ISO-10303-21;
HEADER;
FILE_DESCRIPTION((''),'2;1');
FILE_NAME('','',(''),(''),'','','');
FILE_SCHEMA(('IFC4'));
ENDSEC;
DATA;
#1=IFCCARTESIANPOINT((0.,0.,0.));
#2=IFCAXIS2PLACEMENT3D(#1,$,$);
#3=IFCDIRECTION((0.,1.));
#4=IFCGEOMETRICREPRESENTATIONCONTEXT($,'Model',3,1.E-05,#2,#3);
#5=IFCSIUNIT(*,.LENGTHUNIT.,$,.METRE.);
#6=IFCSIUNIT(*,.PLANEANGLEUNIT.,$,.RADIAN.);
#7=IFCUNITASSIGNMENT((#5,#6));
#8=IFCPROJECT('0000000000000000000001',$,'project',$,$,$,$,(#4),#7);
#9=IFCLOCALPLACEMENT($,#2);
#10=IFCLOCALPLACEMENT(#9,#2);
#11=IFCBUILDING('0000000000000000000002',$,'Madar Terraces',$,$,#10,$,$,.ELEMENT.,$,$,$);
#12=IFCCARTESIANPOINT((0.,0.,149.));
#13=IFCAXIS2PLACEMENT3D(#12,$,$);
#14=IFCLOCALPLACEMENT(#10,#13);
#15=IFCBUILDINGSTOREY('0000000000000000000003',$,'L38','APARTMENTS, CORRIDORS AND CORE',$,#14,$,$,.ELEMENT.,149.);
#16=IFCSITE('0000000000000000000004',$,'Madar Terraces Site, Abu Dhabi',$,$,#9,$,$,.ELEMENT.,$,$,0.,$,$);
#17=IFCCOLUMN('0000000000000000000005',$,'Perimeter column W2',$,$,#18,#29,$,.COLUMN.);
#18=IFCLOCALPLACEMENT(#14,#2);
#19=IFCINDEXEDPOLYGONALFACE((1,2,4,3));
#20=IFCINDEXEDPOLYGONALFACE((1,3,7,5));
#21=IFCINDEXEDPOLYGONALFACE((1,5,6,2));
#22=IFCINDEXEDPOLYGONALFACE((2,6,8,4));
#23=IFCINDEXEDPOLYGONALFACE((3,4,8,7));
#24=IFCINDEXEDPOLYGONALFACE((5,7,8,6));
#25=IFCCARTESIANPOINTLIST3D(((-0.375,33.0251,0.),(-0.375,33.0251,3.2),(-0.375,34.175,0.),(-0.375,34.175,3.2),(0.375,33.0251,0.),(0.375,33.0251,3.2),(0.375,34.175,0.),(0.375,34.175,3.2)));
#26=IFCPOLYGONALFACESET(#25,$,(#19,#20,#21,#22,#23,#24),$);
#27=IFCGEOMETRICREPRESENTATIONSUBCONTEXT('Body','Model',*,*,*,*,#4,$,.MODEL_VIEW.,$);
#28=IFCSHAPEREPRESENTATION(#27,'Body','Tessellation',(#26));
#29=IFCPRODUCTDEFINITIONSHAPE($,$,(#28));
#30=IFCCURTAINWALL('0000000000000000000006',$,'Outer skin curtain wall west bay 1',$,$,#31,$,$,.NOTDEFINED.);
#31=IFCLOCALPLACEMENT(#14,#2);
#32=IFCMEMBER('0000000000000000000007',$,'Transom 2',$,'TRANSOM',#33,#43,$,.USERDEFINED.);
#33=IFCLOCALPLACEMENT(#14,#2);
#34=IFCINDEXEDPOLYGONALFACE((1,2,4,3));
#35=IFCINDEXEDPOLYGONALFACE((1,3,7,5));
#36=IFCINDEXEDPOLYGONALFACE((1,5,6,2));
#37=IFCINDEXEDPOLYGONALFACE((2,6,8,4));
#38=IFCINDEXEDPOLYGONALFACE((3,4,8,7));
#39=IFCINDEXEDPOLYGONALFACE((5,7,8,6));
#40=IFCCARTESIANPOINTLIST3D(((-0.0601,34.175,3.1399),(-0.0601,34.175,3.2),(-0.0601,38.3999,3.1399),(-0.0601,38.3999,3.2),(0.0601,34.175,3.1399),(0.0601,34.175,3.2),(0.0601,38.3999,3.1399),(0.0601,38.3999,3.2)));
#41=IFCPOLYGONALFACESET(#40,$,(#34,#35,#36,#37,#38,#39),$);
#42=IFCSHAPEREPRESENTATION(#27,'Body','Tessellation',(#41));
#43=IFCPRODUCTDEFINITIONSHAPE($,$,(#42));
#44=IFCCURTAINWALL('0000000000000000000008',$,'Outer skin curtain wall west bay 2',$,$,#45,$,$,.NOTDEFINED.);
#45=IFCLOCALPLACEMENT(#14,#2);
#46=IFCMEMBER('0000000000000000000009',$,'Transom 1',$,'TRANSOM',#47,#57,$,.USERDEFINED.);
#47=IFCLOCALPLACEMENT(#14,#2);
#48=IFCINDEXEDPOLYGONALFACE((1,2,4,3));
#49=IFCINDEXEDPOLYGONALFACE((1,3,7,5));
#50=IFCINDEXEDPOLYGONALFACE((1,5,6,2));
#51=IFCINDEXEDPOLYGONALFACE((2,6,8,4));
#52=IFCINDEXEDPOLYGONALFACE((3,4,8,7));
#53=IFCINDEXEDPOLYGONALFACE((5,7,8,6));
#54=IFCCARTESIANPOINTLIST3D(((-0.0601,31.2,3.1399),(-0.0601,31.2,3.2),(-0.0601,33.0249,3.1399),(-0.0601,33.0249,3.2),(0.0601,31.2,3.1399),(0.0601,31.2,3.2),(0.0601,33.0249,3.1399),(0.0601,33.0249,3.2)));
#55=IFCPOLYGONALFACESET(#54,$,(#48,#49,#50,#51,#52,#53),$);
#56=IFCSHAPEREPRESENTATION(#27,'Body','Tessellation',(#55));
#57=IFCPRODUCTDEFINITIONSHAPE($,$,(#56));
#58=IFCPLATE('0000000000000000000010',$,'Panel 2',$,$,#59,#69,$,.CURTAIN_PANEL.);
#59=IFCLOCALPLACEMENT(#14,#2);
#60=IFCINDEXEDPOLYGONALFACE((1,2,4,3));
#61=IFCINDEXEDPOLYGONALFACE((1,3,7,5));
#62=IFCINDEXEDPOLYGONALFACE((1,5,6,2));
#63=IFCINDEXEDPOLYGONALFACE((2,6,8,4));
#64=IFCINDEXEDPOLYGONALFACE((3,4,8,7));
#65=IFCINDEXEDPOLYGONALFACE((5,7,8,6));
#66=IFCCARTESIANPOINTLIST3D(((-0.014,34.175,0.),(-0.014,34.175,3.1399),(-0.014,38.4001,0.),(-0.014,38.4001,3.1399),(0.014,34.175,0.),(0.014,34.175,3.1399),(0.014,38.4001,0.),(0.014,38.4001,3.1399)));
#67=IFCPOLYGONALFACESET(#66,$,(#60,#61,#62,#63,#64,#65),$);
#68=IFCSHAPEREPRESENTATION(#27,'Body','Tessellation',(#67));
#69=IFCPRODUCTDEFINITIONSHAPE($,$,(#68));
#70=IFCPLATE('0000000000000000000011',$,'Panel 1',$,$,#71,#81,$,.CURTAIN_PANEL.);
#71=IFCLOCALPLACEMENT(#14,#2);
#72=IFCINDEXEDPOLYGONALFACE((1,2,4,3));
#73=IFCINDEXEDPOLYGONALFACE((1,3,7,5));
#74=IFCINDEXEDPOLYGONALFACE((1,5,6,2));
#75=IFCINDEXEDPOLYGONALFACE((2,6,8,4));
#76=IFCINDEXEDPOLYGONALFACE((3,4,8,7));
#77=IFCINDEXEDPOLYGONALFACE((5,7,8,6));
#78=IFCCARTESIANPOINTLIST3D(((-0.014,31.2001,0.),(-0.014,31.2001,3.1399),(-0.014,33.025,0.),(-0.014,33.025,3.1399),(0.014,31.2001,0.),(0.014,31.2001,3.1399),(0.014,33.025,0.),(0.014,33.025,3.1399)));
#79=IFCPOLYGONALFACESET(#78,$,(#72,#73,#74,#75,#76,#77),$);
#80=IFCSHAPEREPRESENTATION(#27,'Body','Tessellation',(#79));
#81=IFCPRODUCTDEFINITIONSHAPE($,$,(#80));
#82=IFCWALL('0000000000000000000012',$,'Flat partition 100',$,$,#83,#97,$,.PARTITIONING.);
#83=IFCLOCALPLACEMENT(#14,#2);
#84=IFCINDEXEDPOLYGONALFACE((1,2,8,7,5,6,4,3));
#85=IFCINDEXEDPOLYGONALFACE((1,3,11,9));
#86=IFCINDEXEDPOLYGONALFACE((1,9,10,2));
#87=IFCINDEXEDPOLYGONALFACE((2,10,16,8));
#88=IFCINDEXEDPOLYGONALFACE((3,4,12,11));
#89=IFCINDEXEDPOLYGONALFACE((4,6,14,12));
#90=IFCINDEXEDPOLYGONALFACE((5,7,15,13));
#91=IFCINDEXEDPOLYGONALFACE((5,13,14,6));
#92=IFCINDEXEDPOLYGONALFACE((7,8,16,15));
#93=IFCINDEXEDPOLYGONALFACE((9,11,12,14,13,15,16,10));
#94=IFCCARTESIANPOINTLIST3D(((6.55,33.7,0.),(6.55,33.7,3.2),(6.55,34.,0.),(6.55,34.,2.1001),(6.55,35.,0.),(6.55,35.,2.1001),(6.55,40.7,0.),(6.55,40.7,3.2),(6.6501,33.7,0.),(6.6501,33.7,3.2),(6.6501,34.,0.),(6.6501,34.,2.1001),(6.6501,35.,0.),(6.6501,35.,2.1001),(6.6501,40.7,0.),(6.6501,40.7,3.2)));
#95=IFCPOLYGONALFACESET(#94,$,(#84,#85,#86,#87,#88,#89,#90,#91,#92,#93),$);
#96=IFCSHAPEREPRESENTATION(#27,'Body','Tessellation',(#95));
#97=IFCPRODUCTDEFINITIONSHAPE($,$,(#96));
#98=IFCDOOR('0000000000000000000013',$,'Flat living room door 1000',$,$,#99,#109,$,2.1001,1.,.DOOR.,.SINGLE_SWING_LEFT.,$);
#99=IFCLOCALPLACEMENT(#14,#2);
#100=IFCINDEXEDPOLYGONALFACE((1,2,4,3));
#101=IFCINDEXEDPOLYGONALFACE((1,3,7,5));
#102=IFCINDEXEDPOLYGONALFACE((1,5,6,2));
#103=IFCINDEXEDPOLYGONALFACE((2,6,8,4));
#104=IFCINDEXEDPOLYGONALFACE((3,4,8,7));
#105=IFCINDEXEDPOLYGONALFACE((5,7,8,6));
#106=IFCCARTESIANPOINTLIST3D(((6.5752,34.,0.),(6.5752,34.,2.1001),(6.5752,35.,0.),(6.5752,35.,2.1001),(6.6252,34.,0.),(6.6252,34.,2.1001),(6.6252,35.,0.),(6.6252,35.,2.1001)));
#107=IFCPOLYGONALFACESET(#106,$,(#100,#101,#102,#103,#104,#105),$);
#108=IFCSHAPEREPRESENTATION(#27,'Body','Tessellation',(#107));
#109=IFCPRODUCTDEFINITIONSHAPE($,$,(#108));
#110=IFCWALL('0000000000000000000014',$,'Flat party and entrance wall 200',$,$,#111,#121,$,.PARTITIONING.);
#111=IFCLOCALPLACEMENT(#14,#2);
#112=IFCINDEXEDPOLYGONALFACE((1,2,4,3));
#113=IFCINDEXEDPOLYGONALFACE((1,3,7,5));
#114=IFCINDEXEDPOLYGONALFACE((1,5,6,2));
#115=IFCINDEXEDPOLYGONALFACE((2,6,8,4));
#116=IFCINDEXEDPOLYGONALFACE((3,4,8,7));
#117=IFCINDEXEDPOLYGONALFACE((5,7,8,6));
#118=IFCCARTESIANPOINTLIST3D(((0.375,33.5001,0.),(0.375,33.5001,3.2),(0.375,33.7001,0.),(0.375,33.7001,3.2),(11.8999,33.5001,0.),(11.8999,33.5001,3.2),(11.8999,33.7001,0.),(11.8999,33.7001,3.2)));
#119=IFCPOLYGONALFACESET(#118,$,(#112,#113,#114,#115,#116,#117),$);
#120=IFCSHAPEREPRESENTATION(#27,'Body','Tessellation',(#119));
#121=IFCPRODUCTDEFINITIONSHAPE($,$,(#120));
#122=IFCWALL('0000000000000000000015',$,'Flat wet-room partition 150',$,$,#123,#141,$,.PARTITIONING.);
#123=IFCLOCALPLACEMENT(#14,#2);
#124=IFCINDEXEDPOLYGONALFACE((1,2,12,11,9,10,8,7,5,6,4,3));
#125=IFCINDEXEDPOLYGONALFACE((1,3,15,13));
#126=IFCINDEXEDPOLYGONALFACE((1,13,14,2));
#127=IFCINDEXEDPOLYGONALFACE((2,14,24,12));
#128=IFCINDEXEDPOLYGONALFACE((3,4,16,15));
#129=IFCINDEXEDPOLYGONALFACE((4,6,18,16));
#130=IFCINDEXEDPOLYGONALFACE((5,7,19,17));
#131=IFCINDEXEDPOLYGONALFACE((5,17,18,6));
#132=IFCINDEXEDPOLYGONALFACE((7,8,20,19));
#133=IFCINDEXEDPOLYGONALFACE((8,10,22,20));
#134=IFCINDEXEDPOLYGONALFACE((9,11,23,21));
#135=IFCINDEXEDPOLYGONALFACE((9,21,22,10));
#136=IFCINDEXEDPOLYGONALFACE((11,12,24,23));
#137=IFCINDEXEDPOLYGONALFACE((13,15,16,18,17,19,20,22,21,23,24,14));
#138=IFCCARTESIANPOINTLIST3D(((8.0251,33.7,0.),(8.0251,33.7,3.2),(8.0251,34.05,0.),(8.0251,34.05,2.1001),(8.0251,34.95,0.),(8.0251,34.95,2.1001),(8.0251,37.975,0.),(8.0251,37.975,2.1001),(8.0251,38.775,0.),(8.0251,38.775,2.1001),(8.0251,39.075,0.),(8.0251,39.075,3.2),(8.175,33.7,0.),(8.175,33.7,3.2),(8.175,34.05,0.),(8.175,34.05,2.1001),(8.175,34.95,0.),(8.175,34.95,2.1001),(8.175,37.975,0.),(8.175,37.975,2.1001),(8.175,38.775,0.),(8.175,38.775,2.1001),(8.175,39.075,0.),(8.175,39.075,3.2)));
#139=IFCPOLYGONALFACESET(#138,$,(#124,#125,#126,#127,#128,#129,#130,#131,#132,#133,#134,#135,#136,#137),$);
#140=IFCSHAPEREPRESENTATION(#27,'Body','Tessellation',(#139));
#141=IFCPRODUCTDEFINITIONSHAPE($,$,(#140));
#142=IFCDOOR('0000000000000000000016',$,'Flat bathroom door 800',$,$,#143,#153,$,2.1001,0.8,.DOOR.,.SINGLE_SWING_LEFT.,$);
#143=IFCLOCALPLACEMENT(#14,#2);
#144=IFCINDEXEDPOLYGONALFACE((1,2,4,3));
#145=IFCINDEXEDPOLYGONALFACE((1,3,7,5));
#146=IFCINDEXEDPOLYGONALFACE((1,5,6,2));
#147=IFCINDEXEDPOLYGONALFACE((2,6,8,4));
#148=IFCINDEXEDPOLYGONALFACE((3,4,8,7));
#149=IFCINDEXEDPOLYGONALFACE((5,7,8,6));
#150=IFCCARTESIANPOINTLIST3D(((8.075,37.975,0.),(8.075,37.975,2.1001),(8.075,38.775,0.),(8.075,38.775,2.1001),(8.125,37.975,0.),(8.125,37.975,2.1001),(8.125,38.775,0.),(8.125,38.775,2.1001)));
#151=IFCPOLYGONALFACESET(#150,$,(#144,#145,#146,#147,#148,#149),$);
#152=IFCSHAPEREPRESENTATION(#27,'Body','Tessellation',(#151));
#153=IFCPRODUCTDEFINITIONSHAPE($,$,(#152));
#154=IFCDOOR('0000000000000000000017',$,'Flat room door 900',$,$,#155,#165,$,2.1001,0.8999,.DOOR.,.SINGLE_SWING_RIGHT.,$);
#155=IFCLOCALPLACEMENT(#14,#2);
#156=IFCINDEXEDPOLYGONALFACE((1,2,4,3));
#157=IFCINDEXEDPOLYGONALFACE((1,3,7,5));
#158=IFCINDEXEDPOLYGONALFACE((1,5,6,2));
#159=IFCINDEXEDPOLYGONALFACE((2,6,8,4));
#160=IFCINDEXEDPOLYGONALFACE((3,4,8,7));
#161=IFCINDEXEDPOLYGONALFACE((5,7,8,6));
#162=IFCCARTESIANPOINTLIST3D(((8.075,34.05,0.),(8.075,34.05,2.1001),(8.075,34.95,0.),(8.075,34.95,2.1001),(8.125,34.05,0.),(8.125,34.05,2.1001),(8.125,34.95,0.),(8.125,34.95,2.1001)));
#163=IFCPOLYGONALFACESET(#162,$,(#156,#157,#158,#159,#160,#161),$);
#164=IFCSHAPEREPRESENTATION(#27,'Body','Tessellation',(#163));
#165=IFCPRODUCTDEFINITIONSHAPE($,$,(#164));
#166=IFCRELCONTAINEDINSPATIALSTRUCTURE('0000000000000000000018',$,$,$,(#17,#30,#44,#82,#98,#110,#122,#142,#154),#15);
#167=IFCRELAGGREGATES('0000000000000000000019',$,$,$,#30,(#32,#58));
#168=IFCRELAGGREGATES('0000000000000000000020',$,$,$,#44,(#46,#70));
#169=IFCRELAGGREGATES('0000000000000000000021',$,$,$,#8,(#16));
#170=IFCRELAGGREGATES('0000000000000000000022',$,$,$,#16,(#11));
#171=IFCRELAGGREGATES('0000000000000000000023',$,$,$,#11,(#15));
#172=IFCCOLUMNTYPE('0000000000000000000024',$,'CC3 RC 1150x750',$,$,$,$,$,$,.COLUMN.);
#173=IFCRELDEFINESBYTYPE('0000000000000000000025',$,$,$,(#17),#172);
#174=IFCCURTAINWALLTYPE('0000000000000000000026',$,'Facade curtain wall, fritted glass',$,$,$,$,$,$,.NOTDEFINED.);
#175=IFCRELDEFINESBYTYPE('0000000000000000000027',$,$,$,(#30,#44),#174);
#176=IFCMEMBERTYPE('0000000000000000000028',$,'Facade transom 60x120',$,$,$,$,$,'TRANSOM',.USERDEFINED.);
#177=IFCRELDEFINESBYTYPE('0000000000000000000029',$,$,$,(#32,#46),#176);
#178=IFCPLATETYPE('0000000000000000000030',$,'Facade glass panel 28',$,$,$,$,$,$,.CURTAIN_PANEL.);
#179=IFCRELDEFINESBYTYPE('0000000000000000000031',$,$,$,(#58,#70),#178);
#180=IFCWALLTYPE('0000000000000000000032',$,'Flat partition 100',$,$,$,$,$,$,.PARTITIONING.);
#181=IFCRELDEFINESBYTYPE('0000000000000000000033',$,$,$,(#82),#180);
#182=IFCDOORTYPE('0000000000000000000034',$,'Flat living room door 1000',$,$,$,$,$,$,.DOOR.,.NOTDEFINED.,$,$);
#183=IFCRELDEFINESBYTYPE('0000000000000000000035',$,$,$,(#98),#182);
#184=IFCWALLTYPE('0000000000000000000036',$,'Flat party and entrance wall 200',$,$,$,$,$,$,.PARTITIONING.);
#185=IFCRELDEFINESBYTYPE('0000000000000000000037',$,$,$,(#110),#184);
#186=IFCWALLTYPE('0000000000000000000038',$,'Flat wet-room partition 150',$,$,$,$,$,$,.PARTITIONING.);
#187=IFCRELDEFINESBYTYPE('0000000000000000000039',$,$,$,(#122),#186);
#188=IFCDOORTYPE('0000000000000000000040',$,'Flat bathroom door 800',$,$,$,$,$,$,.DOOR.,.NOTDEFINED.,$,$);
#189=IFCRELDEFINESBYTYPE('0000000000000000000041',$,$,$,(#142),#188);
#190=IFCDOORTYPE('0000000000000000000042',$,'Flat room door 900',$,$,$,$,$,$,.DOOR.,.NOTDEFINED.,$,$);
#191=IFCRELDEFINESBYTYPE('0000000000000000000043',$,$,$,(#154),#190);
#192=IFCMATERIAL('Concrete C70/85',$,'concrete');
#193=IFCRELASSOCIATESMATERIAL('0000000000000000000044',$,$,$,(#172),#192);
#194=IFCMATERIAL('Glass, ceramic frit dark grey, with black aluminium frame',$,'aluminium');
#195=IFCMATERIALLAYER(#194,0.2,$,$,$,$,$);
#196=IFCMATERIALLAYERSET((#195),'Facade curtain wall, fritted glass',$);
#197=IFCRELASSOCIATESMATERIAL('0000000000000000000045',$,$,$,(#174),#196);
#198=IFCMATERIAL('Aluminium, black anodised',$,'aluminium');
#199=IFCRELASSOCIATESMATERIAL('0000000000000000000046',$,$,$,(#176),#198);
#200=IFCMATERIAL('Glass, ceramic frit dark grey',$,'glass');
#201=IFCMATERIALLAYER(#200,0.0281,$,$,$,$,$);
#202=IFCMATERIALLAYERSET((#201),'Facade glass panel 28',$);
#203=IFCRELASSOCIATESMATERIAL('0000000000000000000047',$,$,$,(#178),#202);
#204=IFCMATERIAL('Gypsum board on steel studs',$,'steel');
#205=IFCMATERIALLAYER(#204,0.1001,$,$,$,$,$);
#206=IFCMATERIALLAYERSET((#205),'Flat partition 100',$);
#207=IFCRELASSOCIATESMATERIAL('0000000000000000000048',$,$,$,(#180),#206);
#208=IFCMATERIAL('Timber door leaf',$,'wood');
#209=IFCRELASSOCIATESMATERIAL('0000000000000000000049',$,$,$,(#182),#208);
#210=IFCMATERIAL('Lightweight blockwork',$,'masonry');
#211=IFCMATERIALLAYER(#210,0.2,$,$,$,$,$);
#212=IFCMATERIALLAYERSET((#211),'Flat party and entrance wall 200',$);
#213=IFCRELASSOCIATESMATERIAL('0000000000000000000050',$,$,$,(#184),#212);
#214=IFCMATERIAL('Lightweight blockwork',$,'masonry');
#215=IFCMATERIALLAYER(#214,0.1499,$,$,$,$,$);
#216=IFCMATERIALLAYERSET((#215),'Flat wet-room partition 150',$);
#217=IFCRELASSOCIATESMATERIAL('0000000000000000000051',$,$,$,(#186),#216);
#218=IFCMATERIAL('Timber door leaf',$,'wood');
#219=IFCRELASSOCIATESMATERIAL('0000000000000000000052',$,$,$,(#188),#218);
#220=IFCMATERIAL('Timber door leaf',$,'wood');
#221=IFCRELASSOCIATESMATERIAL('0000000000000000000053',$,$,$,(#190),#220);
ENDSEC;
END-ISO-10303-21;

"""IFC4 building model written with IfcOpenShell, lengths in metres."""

from ifc_helpers import new_model, si_unit, direction, frame, frame_2d, origin, origin_2d, place, context, subcontext, project, spatial, rectangle, extrude, material, layer, layer_set, material_profile, profile_set, type_object, element, fill, aggregate, save


model = new_model("IFC4")

# Units and contexts
model_context = context("Model", 3, precision=1e-05, world=origin(), true_north=direction((0.0, 1.0)))
body_context = subcontext(model_context, "Body", "Model", "MODEL_VIEW")
ifc_project = project(units=[si_unit("LENGTHUNIT", "METRE"), si_unit("PLANEANGLEUNIT", "RADIAN")], contexts=[model_context])

# Site, building, storey
site_placement = place(None, origin())
site = spatial("IfcSite", under=ifc_project, at=site_placement, Name="Madar Terraces Site, Abu Dhabi", CompositionType="ELEMENT", RefElevation=0.0)
building_placement = place(site_placement, origin())
building = spatial("IfcBuilding", under=site, at=building_placement, Name="Madar Terraces", CompositionType="ELEMENT")
storey_placement = place(building_placement, frame((0.0, 0.0, 149.0)))
storey = spatial("IfcBuildingStorey", under=building, at=storey_placement, Name="L38", Description="APARTMENTS, CORRIDORS AND CORE", CompositionType="ELEMENT", Elevation=149.0)

# Column
ifc_material_1 = material(Name="Concrete C70/85", Category="concrete")
ifc_material_profile_1 = material_profile(ifc_material_1, rectangle(XDim=1.1499, YDim=0.75, at=origin_2d()), Name="CC3 RC 1150x750")
ifc_profile_set_1 = profile_set([ifc_material_profile_1], Name="Concrete C70/85")
column_type = type_object("IfcColumnType", Name="CC3 RC 1150x750", PredefinedType="COLUMN", material=ifc_profile_set_1)
column_placement = place(storey_placement, frame((0.0, 33.6001, 0.0), z_axis=(0.0, 0.0, 1.0), x_axis=(0.0, 1.0, 0.0)))
element("IfcColumn", 1, at=column_placement, inside=storey, type_object=column_type, Name="Perimeter column W2", PredefinedType="COLUMN", context=body_context, shape_type="SweptSolid", body=[
    extrude(rectangle(XDim=1.1499, YDim=0.75, at=origin_2d()), origin(), (0.0, 0.0, 1.0), 3.2),
])

# Curtain walls, members
ifc_material_2 = material(Name="Glass, ceramic frit dark grey, with black aluminium frame", Category="aluminium")
ifc_layer_1 = layer(ifc_material_2, 0.2)
ifc_layer_set_1 = layer_set([ifc_layer_1], Name="Facade curtain wall, fritted glass")
curtain_wall_type = type_object("IfcCurtainWallType", Name="Facade curtain wall, fritted glass", PredefinedType="NOTDEFINED", material=ifc_layer_set_1)
curtain_wall_1_placement = place(storey_placement, origin())
curtain_wall_1 = element("IfcCurtainWall", 2, at=curtain_wall_1_placement, inside=storey, type_object=curtain_wall_type, Name="Outer skin curtain wall west bay 1", PredefinedType="NOTDEFINED")
ifc_material_3 = material(Name="Aluminium, black anodised", Category="aluminium")
ifc_material_profile_2 = material_profile(ifc_material_3, rectangle(XDim=0.1201, YDim=0.0601, at=origin_2d()), Name="Facade transom 60x120")
ifc_profile_set_2 = profile_set([ifc_material_profile_2], Name="Aluminium, black anodised")
member_type = type_object("IfcMemberType", Name="Facade transom 60x120", ElementType="TRANSOM", PredefinedType="USERDEFINED", material=ifc_profile_set_2)
member_1_placement = place(storey_placement, frame((0.0, 38.3999, 3.1699), z_axis=(0.0, -1.0, 0.0), x_axis=(1.0, 0.0, 0.0)))
member_1 = element("IfcMember", 3, at=member_1_placement, type_object=member_type, Name="Transom 2", ObjectType="TRANSOM", PredefinedType="USERDEFINED", context=body_context, shape_type="SweptSolid", body=[
    extrude(rectangle(XDim=0.1201, YDim=0.0601, at=origin_2d()), origin(), (0.0, 0.0, 1.0), 4.2249),
])
curtain_wall_2_placement = place(storey_placement, origin())
curtain_wall_2 = element("IfcCurtainWall", 4, at=curtain_wall_2_placement, inside=storey, type_object=curtain_wall_type, Name="Outer skin curtain wall west bay 2", PredefinedType="NOTDEFINED")
member_2_placement = place(storey_placement, frame((0.0, 33.0249, 3.1699), z_axis=(0.0, -1.0, 0.0), x_axis=(1.0, 0.0, 0.0)))
member_2 = element("IfcMember", 5, at=member_2_placement, type_object=member_type, Name="Transom 1", ObjectType="TRANSOM", PredefinedType="USERDEFINED", context=body_context, shape_type="SweptSolid", body=[
    extrude(rectangle(XDim=0.1201, YDim=0.0601, at=origin_2d()), origin(), (0.0, 0.0, 1.0), 1.825),
])

# Plates
ifc_material_4 = material(Name="Glass, ceramic frit dark grey", Category="glass")
ifc_layer_2 = layer(ifc_material_4, 0.0281)
ifc_layer_set_2 = layer_set([ifc_layer_2], Name="Facade glass panel 28")
plate_type = type_object("IfcPlateType", Name="Facade glass panel 28", PredefinedType="CURTAIN_PANEL", material=ifc_layer_set_2)
plate_1_placement = place(storey_placement, frame((0.0, 36.2876, 0.0), z_axis=(0.0, 0.0, 1.0), x_axis=(0.0, -1.0, 0.0)))
plate_1 = element("IfcPlate", 6, at=plate_1_placement, type_object=plate_type, Name="Panel 2", PredefinedType="CURTAIN_PANEL", context=body_context, shape_type="SweptSolid", body=[
    extrude(rectangle(XDim=4.2251, YDim=0.0281, at=origin_2d()), origin(), (0.0, 0.0, 1.0), 3.1399),
])
aggregate(curtain_wall_1, [member_1, plate_1])
plate_2_placement = place(storey_placement, frame((0.0, 32.1125, 0.0), z_axis=(0.0, 0.0, 1.0), x_axis=(0.0, -1.0, 0.0)))
plate_2 = element("IfcPlate", 7, at=plate_2_placement, type_object=plate_type, Name="Panel 1", PredefinedType="CURTAIN_PANEL", context=body_context, shape_type="SweptSolid", body=[
    extrude(rectangle(XDim=1.825, YDim=0.0281, at=origin_2d()), origin(), (0.0, 0.0, 1.0), 3.1399),
])
aggregate(curtain_wall_2, [member_2, plate_2])

# Wall, opening, door
ifc_material_5 = material(Name="Gypsum board on steel studs", Category="steel")
ifc_layer_3 = layer(ifc_material_5, 0.1001)
ifc_layer_set_3 = layer_set([ifc_layer_3], Name="Flat partition 100")
wall_type_1 = type_object("IfcWallType", Name="Flat partition 100", PredefinedType="PARTITIONING", material=ifc_layer_set_3)
wall_1_placement = place(storey_placement, frame((6.6001, 33.7, 0.0), z_axis=(0.0, 0.0, 1.0), x_axis=(0.0, 1.0, 0.0)))
wall_1 = element("IfcWall", 8, at=wall_1_placement, inside=storey, type_object=wall_type_1, Name="Flat partition 100", PredefinedType="PARTITIONING", context=body_context, shape_type="SweptSolid", body=[
    extrude(rectangle(XDim=7.0, YDim=0.1001, at=frame_2d((3.5, 0.0))), origin(), (0.0, 0.0, 1.0), 3.2),
])
opening_1_placement = place(wall_1_placement, frame((0.3, 0.0, 0.0)))
opening_1 = element("IfcOpeningElement", 9, at=opening_1_placement, cuts=wall_1, PredefinedType="OPENING", context=body_context, shape_type="SweptSolid", body=[
    extrude(rectangle(XDim=1.0, YDim=2.1001, at=frame_2d((0.5, 1.05))), frame((0.0, 0.0601, 0.0), z_axis=(0.0, -1.0, 0.0), x_axis=(1.0, 0.0, 0.0)), (0.0, 0.0, 1.0), 0.1201),
])
ifc_material_6 = material(Name="Timber door leaf", Category="wood")
door_type_1 = type_object("IfcDoorType", Name="Flat living room door 1000", OperationType="NOTDEFINED", PredefinedType="DOOR", material=ifc_material_6)
door_1_placement = place(opening_1_placement, origin())
door_1 = element("IfcDoor", 10, at=door_1_placement, inside=storey, type_object=door_type_1, Name="Flat living room door 1000", OperationType="SINGLE_SWING_LEFT", OverallHeight=2.1001, OverallWidth=1.0, PredefinedType="DOOR", context=body_context, shape_type="SweptSolid", body=[
    extrude(rectangle(XDim=1.0, YDim=2.1001, at=frame_2d((0.5, 1.05))), frame((0.0, 0.0249, 0.0), z_axis=(0.0, -1.0, 0.0), x_axis=(1.0, 0.0, 0.0)), (0.0, 0.0, 1.0), 0.05),
])
fill(opening_1, door_1)

# Wall
ifc_material_7 = material(Name="Lightweight blockwork", Category="masonry")
ifc_layer_4 = layer(ifc_material_7, 0.2)
ifc_layer_set_4 = layer_set([ifc_layer_4], Name="Flat party and entrance wall 200")
wall_type_2 = type_object("IfcWallType", Name="Flat party and entrance wall 200", PredefinedType="PARTITIONING", material=ifc_layer_set_4)
wall_2_placement = place(storey_placement, frame((0.375, 33.6001, 0.0), z_axis=(0.0, 0.0, 1.0), x_axis=(1.0, 0.0, 0.0)))
element("IfcWall", 11, at=wall_2_placement, inside=storey, type_object=wall_type_2, Name="Flat party and entrance wall 200", PredefinedType="PARTITIONING", context=body_context, shape_type="SweptSolid", body=[
    extrude(rectangle(XDim=11.5249, YDim=0.2, at=frame_2d((5.7625, 0.0))), origin(), (0.0, 0.0, 1.0), 3.2),
])

# Wall, openings, doors
ifc_material_8 = material(Name="Lightweight blockwork", Category="masonry")
ifc_layer_5 = layer(ifc_material_8, 0.1499)
ifc_layer_set_5 = layer_set([ifc_layer_5], Name="Flat wet-room partition 150")
wall_type_3 = type_object("IfcWallType", Name="Flat wet-room partition 150", PredefinedType="PARTITIONING", material=ifc_layer_set_5)
wall_3_placement = place(storey_placement, frame((8.1001, 39.075, 0.0), z_axis=(0.0, 0.0, 1.0), x_axis=(0.0, -1.0, 0.0)))
wall_3 = element("IfcWall", 12, at=wall_3_placement, inside=storey, type_object=wall_type_3, Name="Flat wet-room partition 150", PredefinedType="PARTITIONING", context=body_context, shape_type="SweptSolid", body=[
    extrude(rectangle(XDim=5.375, YDim=0.1499, at=frame_2d((2.6875, 0.0))), origin(), (0.0, 0.0, 1.0), 3.2),
])
opening_2_placement = place(wall_3_placement, frame((0.3, 0.0, 0.0)))
opening_2 = element("IfcOpeningElement", 13, at=opening_2_placement, cuts=wall_3, PredefinedType="OPENING", context=body_context, shape_type="SweptSolid", body=[
    extrude(rectangle(XDim=0.8, YDim=2.1001, at=frame_2d((0.3999, 1.05))), frame((0.0, 0.085, 0.0), z_axis=(0.0, -1.0, 0.0), x_axis=(1.0, 0.0, 0.0)), (0.0, 0.0, 1.0), 0.1699),
])
opening_3_placement = place(wall_3_placement, frame((4.125, 0.0, 0.0)))
opening_3 = element("IfcOpeningElement", 14, at=opening_3_placement, cuts=wall_3, PredefinedType="OPENING", context=body_context, shape_type="SweptSolid", body=[
    extrude(rectangle(XDim=0.8999, YDim=2.1001, at=frame_2d((0.45, 1.05))), frame((0.0, 0.085, 0.0), z_axis=(0.0, -1.0, 0.0), x_axis=(1.0, 0.0, 0.0)), (0.0, 0.0, 1.0), 0.1699),
])
ifc_material_9 = material(Name="Timber door leaf", Category="wood")
door_type_2 = type_object("IfcDoorType", Name="Flat bathroom door 800", OperationType="NOTDEFINED", PredefinedType="DOOR", material=ifc_material_9)
door_2_placement = place(opening_2_placement, origin())
door_2 = element("IfcDoor", 15, at=door_2_placement, inside=storey, type_object=door_type_2, Name="Flat bathroom door 800", OperationType="SINGLE_SWING_LEFT", OverallHeight=2.1001, OverallWidth=0.8, PredefinedType="DOOR", context=body_context, shape_type="SweptSolid", body=[
    extrude(rectangle(XDim=0.8, YDim=2.1001, at=frame_2d((0.3999, 1.05))), frame((0.0, 0.0249, 0.0), z_axis=(0.0, -1.0, 0.0), x_axis=(1.0, 0.0, 0.0)), (0.0, 0.0, 1.0), 0.05),
])
fill(opening_2, door_2)
ifc_material_10 = material(Name="Timber door leaf", Category="wood")
door_type_3 = type_object("IfcDoorType", Name="Flat room door 900", OperationType="NOTDEFINED", PredefinedType="DOOR", material=ifc_material_10)
door_3_placement = place(opening_3_placement, origin())
door_3 = element("IfcDoor", 16, at=door_3_placement, inside=storey, type_object=door_type_3, Name="Flat room door 900", OperationType="SINGLE_SWING_RIGHT", OverallHeight=2.1001, OverallWidth=0.8999, PredefinedType="DOOR", context=body_context, shape_type="SweptSolid", body=[
    extrude(rectangle(XDim=0.8999, YDim=2.1001, at=frame_2d((0.45, 1.05))), frame((0.0, 0.0249, 0.0), z_axis=(0.0, -1.0, 0.0), x_axis=(1.0, 0.0, 0.0)), (0.0, 0.0, 1.0), 0.05),
])
fill(opening_3, door_3)

save(model, "model.ifc")
